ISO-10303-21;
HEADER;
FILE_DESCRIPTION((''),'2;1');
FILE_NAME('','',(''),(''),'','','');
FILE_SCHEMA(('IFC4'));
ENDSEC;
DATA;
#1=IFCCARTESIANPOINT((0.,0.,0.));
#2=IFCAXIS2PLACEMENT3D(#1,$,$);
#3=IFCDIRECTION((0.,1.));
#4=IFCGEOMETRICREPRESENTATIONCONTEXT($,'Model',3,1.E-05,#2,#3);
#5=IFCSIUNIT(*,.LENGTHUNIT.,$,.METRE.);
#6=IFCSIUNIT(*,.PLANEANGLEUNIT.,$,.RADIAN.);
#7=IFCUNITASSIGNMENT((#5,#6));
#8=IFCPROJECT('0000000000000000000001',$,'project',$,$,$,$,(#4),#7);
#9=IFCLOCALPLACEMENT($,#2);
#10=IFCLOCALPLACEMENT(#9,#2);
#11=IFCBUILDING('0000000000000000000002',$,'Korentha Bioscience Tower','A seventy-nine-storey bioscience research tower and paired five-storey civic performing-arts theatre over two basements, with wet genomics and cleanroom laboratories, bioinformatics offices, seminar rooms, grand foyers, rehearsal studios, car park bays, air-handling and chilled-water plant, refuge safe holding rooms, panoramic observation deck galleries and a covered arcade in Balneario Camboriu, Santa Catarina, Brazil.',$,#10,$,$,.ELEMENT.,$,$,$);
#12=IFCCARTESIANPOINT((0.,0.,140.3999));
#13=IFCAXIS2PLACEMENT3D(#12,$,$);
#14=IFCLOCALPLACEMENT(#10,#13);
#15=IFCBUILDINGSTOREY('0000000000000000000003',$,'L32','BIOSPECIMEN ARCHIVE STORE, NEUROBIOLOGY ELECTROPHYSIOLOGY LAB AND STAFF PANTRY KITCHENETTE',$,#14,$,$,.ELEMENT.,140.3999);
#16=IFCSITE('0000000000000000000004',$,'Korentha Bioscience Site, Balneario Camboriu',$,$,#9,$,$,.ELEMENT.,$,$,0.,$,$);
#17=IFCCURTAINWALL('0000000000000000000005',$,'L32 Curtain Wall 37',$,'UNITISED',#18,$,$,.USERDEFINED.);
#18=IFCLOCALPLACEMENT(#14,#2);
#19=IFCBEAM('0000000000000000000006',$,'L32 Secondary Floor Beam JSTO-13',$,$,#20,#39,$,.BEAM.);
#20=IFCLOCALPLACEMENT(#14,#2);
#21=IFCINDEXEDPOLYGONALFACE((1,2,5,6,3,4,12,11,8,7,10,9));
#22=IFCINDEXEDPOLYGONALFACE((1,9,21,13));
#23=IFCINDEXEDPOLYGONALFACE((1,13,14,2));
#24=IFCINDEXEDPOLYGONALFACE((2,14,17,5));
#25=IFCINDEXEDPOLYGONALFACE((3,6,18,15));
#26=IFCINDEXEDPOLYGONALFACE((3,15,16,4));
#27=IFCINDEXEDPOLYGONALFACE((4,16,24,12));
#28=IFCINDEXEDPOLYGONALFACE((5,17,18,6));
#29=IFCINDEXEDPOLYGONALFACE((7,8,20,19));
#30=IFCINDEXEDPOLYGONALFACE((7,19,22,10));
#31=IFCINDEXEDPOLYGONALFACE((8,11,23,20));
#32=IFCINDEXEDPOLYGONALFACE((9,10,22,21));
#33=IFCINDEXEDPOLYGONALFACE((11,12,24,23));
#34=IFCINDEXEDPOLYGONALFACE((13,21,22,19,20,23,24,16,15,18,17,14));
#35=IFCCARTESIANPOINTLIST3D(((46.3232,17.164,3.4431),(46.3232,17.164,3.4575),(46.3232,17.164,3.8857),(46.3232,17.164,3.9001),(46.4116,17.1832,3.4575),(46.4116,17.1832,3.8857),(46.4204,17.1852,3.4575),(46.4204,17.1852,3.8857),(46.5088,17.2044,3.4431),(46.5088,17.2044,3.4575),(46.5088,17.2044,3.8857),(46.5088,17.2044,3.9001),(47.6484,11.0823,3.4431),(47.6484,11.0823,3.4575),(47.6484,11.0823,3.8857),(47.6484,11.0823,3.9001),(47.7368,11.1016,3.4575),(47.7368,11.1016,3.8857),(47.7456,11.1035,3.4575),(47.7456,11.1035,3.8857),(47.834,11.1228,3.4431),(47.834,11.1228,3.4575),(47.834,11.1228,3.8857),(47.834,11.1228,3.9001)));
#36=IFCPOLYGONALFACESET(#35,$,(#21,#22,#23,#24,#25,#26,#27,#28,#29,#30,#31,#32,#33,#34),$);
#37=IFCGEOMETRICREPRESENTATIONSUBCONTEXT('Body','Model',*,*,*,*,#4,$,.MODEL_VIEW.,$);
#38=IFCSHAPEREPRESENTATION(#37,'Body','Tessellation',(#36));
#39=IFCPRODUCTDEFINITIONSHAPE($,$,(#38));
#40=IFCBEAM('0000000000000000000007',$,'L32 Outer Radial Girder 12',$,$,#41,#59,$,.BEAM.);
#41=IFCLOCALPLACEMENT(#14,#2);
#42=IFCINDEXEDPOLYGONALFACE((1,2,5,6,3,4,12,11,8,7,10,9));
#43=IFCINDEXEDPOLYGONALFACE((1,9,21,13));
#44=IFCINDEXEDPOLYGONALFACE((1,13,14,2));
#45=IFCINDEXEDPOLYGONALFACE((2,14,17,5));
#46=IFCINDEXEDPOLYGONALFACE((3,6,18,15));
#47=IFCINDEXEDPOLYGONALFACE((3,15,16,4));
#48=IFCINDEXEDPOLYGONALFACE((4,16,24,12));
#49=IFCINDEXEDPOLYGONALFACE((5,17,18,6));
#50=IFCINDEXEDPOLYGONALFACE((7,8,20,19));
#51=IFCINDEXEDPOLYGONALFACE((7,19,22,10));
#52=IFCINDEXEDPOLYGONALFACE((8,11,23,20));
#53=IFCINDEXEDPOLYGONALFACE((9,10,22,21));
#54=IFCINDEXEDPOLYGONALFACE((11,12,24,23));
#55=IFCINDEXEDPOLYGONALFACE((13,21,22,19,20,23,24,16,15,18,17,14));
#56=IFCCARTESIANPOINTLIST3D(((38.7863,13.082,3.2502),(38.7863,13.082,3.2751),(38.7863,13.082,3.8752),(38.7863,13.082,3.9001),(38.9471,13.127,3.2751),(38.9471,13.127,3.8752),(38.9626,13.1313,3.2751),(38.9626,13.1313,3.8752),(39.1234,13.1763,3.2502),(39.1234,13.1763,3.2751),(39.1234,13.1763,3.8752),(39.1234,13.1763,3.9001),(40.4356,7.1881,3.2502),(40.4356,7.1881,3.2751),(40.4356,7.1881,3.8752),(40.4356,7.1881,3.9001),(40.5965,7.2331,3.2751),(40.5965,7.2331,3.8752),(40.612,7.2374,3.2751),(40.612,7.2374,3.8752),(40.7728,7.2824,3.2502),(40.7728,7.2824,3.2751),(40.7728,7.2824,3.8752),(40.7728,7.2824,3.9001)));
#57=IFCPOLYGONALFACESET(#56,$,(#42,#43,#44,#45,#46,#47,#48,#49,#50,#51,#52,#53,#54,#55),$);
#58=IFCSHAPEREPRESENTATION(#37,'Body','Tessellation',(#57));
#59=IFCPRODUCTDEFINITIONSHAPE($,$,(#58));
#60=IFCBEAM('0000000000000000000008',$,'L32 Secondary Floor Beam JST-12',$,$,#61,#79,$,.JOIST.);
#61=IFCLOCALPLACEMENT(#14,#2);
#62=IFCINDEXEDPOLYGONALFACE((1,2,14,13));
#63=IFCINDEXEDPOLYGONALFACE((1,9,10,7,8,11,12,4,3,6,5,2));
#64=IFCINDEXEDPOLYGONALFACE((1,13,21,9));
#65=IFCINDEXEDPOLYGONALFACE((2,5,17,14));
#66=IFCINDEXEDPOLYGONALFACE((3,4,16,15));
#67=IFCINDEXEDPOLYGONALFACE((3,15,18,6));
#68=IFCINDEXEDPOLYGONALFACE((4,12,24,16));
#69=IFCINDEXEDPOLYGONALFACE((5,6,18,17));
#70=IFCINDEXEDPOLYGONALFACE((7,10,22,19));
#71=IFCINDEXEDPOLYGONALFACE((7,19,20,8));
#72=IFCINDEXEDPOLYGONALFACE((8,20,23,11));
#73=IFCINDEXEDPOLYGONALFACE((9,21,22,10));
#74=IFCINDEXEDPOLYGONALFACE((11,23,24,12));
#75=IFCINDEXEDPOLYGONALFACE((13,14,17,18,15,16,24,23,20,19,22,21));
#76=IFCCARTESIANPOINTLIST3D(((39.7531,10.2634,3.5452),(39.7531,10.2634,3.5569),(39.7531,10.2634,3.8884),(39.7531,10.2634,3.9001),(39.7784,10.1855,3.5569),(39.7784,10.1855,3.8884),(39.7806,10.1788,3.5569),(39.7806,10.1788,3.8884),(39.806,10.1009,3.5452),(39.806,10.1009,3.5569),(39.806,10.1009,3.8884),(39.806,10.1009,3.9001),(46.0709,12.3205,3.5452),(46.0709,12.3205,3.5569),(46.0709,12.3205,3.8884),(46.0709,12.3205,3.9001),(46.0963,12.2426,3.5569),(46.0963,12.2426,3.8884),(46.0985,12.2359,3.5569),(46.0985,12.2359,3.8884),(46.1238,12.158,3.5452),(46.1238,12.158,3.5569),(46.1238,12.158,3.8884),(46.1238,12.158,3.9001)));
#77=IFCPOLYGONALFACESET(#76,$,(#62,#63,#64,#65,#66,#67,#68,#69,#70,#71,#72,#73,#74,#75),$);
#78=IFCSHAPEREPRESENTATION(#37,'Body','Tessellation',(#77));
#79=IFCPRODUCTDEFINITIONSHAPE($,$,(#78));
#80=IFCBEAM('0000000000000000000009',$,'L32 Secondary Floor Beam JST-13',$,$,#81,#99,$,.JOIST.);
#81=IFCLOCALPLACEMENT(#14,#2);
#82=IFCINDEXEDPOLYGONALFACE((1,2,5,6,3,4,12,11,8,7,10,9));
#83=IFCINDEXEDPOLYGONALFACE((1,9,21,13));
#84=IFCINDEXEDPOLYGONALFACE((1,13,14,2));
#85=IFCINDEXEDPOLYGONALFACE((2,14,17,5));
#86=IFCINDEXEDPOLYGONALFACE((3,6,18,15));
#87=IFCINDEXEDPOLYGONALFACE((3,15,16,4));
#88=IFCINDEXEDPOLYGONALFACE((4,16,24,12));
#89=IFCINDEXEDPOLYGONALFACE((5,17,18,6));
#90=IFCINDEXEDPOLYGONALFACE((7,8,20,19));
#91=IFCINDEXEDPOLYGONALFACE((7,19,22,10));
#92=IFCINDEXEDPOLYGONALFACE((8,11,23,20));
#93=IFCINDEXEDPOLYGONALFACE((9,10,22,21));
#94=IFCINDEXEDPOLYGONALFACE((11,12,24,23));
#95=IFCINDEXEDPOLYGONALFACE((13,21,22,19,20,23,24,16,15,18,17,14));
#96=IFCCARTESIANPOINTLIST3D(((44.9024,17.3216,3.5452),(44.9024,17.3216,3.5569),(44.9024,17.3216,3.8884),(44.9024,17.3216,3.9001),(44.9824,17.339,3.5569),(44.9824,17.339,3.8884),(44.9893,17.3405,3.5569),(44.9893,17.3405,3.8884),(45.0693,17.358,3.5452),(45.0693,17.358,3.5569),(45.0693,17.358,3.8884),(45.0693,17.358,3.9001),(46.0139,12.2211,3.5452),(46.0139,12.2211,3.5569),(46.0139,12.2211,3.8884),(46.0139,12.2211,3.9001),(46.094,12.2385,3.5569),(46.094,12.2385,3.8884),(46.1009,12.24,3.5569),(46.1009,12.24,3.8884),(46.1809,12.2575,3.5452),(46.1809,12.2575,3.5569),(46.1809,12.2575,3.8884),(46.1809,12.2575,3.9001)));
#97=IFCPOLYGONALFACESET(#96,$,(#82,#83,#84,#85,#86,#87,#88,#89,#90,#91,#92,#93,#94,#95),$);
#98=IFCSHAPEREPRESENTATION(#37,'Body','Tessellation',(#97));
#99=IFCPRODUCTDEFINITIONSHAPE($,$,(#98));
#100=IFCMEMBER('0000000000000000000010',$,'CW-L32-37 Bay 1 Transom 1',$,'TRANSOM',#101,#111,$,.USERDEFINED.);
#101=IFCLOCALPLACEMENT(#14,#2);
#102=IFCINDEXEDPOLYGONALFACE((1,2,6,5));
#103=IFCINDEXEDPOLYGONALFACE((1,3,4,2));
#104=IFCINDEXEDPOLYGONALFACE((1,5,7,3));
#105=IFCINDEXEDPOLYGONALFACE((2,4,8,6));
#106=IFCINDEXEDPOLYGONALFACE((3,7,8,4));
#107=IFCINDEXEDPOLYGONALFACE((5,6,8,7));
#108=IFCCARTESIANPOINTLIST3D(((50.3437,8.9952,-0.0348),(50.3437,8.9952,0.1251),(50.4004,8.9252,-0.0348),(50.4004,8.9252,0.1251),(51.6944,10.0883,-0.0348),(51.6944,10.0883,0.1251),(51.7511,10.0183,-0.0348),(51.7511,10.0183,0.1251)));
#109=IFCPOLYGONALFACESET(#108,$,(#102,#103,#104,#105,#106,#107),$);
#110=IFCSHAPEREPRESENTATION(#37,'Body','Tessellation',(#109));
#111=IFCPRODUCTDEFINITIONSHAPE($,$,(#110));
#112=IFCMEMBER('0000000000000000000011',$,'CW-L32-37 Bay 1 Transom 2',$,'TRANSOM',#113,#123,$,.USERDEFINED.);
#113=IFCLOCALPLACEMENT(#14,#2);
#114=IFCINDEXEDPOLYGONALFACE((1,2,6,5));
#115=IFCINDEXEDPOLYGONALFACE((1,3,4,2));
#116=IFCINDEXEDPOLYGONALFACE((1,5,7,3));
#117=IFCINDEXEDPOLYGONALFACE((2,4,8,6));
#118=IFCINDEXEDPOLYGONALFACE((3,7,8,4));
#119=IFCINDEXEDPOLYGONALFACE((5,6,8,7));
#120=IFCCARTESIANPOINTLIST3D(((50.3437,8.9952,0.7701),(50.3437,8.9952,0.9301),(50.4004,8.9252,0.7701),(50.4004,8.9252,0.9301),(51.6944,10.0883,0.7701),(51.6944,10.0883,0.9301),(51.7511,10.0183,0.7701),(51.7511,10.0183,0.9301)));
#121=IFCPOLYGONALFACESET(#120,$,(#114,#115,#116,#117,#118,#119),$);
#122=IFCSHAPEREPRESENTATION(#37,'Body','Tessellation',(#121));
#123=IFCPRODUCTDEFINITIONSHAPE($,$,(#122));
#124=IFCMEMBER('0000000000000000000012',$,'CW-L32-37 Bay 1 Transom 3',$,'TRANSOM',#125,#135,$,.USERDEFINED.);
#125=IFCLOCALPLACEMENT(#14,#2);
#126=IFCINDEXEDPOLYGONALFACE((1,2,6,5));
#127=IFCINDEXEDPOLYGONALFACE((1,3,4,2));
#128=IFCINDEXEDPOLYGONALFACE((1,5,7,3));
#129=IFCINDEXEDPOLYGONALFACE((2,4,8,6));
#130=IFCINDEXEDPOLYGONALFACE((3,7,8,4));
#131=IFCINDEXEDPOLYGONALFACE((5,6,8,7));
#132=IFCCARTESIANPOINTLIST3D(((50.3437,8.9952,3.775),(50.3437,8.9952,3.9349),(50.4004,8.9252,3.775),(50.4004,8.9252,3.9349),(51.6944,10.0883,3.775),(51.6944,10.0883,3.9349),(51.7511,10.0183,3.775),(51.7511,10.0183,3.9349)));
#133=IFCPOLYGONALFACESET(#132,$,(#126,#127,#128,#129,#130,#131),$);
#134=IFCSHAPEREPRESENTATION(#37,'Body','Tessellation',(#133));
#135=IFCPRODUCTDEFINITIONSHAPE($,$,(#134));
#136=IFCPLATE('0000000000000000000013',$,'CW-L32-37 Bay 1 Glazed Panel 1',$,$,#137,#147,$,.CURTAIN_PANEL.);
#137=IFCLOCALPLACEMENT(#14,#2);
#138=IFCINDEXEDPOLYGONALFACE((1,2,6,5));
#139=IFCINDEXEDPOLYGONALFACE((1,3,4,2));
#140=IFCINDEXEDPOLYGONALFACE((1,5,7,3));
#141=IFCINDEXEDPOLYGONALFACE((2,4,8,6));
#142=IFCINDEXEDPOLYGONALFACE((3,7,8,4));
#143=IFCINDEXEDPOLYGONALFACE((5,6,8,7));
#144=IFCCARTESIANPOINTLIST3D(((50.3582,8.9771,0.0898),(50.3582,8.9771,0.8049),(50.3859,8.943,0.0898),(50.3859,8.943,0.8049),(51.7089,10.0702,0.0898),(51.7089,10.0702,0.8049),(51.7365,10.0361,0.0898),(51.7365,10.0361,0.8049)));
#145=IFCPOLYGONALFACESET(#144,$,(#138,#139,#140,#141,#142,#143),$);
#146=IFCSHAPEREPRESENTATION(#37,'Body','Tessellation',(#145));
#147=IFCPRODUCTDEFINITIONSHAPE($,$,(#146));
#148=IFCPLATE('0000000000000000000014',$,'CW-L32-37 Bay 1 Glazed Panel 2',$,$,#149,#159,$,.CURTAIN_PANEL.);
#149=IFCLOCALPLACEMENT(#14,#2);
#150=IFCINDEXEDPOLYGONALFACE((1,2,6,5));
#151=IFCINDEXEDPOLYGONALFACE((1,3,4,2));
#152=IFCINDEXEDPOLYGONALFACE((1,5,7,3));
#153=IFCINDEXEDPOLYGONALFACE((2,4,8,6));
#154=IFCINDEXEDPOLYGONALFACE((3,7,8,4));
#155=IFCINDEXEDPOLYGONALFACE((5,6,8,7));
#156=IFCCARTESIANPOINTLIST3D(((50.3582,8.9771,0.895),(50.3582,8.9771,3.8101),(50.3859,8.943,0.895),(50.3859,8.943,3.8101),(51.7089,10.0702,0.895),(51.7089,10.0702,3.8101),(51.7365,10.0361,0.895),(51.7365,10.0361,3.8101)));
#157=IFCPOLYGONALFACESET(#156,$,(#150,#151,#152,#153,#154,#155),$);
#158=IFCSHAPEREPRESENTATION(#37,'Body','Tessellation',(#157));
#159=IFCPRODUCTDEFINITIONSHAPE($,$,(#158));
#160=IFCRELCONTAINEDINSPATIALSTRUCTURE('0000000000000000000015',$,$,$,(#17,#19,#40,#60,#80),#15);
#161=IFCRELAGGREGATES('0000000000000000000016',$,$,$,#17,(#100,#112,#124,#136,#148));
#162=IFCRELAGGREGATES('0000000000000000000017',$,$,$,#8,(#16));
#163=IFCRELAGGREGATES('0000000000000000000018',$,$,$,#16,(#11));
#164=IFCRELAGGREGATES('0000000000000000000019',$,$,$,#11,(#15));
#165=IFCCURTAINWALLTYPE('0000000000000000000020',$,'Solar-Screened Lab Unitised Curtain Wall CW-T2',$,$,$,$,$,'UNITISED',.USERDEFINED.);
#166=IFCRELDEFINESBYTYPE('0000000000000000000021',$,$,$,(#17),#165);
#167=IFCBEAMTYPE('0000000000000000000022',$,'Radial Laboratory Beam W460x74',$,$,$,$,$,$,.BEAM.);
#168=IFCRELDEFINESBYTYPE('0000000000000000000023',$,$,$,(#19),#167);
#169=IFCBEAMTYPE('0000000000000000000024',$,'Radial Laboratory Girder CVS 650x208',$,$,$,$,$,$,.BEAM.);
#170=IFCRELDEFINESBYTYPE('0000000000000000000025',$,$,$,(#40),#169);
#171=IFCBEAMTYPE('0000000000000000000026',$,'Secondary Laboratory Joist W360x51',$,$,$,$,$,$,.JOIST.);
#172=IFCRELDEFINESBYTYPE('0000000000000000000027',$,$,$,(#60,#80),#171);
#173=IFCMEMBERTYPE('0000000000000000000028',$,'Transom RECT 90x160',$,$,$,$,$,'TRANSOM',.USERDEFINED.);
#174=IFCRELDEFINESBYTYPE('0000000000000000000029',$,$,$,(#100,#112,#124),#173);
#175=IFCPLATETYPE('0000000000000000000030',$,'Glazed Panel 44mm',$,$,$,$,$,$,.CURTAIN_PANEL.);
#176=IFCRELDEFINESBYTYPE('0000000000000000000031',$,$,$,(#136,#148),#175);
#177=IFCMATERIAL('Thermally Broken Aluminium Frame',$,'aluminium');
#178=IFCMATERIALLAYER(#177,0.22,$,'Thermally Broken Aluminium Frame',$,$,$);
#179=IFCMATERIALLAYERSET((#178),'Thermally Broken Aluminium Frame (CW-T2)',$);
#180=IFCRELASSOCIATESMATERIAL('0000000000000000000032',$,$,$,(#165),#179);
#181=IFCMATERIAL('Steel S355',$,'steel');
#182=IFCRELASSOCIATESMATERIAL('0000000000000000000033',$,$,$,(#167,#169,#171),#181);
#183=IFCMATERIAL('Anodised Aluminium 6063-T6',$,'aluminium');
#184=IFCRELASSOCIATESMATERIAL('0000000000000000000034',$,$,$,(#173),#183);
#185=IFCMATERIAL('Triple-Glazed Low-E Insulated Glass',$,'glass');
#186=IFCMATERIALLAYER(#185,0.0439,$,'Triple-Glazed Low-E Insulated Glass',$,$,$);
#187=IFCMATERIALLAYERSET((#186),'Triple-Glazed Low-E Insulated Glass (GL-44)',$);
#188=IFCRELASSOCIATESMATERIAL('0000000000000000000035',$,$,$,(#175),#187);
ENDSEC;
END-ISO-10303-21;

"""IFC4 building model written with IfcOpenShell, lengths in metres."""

from ifc_helpers import new_model, si_unit, direction, frame, origin, origin_2d, place, context, subcontext, project, spatial, rectangle, i_section, extrude, material, layer, layer_set, material_profile, profile_set, type_object, element, aggregate, save


model = new_model("IFC4")

# Units and contexts
model_context = context("Model", 3, precision=1e-05, world=origin(), true_north=direction((0.0, 1.0)))
body_context = subcontext(model_context, "Body", "Model", "MODEL_VIEW")
ifc_project = project(units=[si_unit("LENGTHUNIT", "METRE"), si_unit("PLANEANGLEUNIT", "RADIAN")], contexts=[model_context])

# Site, building, storey
site_placement = place(None, origin())
site = spatial("IfcSite", under=ifc_project, at=site_placement, Name="Korentha Bioscience Site, Balneario Camboriu", CompositionType="ELEMENT", RefElevation=0.0)
building_placement = place(site_placement, origin())
building = spatial("IfcBuilding", under=site, at=building_placement, Name="Korentha Bioscience Tower", Description="A seventy-nine-storey bioscience research tower and paired five-storey civic performing-arts theatre over two basements, with wet genomics and cleanroom laboratories, bioinformatics offices, seminar rooms, grand foyers, rehearsal studios, car park bays, air-handling and chilled-water plant, refuge safe holding rooms, panoramic observation deck galleries and a covered arcade in Balneario Camboriu, Santa Catarina, Brazil.", CompositionType="ELEMENT")
storey_placement = place(building_placement, frame((0.0, 0.0, 140.3999)))
storey = spatial("IfcBuildingStorey", under=building, at=storey_placement, Name="L32", Description="BIOSPECIMEN ARCHIVE STORE, NEUROBIOLOGY ELECTROPHYSIOLOGY LAB AND STAFF PANTRY KITCHENETTE", CompositionType="ELEMENT", Elevation=140.3999)

# Shared definitions
ifc_material_1 = material(Name="Steel S355", Category="steel")

# Curtain wall
ifc_material_2 = material(Name="Thermally Broken Aluminium Frame", Category="aluminium")
ifc_layer_1 = layer(ifc_material_2, 0.22, Name="Thermally Broken Aluminium Frame")
ifc_layer_set_1 = layer_set([ifc_layer_1], Name="Thermally Broken Aluminium Frame (CW-T2)")
curtain_wall_type = type_object("IfcCurtainWallType", Name="Solar-Screened Lab Unitised Curtain Wall CW-T2", ElementType="UNITISED", PredefinedType="USERDEFINED", material=ifc_layer_set_1)
curtain_wall_placement = place(storey_placement, origin())
curtain_wall = element("IfcCurtainWall", 1, at=curtain_wall_placement, inside=storey, type_object=curtain_wall_type, Name="L32 Curtain Wall 37", ObjectType="UNITISED", PredefinedType="USERDEFINED")
ifc_material_3 = material(Name="Anodised Aluminium 6063-T6", Category="aluminium")

# Beams
ifc_material_profile_1 = material_profile(ifc_material_1, i_section(OverallWidth=0.1899, OverallDepth=0.457, WebThickness=0.009, FlangeThickness=0.0144, at=origin_2d()), Name="Steel S355")
ifc_profile_set_1 = profile_set([ifc_material_profile_1], Name="Steel S355 (RB-460)")
beam_type_1 = type_object("IfcBeamType", Name="Radial Laboratory Beam W460x74", PredefinedType="BEAM", material=ifc_profile_set_1)
beam_1_placement = place(storey_placement, frame((47.7412, 11.1025, 3.6716), z_axis=(-0.212908, 0.977072, 0.0), x_axis=(-0.977072, -0.212908, 0.0)))
element("IfcBeam", 2, at=beam_1_placement, inside=storey, type_object=beam_type_1, Name="L32 Secondary Floor Beam JSTO-13", PredefinedType="BEAM", context=body_context, shape_type="SweptSolid", body=[
    extrude(i_section(OverallWidth=0.1899, OverallDepth=0.457, WebThickness=0.009, FlangeThickness=0.0144, at=origin_2d()), origin(), (0.0, 0.0, 1.0), 6.2244),
])
ifc_material_profile_2 = material_profile(ifc_material_1, i_section(OverallWidth=0.3501, OverallDepth=0.6499, WebThickness=0.0161, FlangeThickness=0.0249, at=origin_2d()), Name="Steel S355")
ifc_profile_set_2 = profile_set([ifc_material_profile_2], Name="Steel S355 (RB-650)")
beam_type_2 = type_object("IfcBeamType", Name="Radial Laboratory Girder CVS 650x208", PredefinedType="BEAM", material=ifc_profile_set_2)
beam_2_placement = place(storey_placement, frame((38.9548, 13.1292, 3.5752), z_axis=(0.269491, -0.963003, 0.0), x_axis=(0.963003, 0.269491, 0.0)))
element("IfcBeam", 3, at=beam_2_placement, inside=storey, type_object=beam_type_2, Name="L32 Outer Radial Girder 12", PredefinedType="BEAM", context=body_context, shape_type="SweptSolid", body=[
    extrude(i_section(OverallWidth=0.3501, OverallDepth=0.6499, WebThickness=0.0161, FlangeThickness=0.0249, at=origin_2d()), origin(), (0.0, 0.0, 1.0), 6.1204),
])
ifc_material_profile_3 = material_profile(ifc_material_1, i_section(OverallWidth=0.1709, OverallDepth=0.355, WebThickness=0.0071, FlangeThickness=0.0117, at=origin_2d()), Name="Steel S355")
ifc_profile_set_3 = profile_set([ifc_material_profile_3], Name="Steel S355 (JB-360)")
beam_type_3 = type_object("IfcBeamType", Name="Secondary Laboratory Joist W360x51", PredefinedType="JOIST", material=ifc_profile_set_3)
beam_3_placement = place(storey_placement, frame((39.7795, 10.1821, 3.7227), z_axis=(0.950865, 0.309606, 0.0), x_axis=(-0.309606, 0.950865, 0.0)))
element("IfcBeam", 4, at=beam_3_placement, inside=storey, type_object=beam_type_3, Name="L32 Secondary Floor Beam JST-12", PredefinedType="JOIST", context=body_context, shape_type="SweptSolid", body=[
    extrude(i_section(OverallWidth=0.1709, OverallDepth=0.355, WebThickness=0.0071, FlangeThickness=0.0117, at=origin_2d()), origin(), (0.0, 0.0, 1.0), 6.6443),
])
beam_4_placement = place(storey_placement, frame((46.0974, 12.2393, 3.7227), z_axis=(-0.212932, 0.977067, 0.0), x_axis=(-0.977067, -0.212932, 0.0)))
element("IfcBeam", 5, at=beam_4_placement, inside=storey, type_object=beam_type_3, Name="L32 Secondary Floor Beam JST-13", PredefinedType="JOIST", context=body_context, shape_type="SweptSolid", body=[
    extrude(i_section(OverallWidth=0.1709, OverallDepth=0.355, WebThickness=0.0071, FlangeThickness=0.0117, at=origin_2d()), origin(), (0.0, 0.0, 1.0), 5.2202),
])

# Members
ifc_material_profile_4 = material_profile(ifc_material_3, rectangle(XDim=0.0901, YDim=0.1599, at=origin_2d()), Name="Anodised Aluminium 6063-T6")
ifc_profile_set_4 = profile_set([ifc_material_profile_4], Name="Anodised Aluminium 6063-T6 (CW-TRN)")
member_type_1 = type_object("IfcMemberType", Name="Transom RECT 90x160", ElementType="TRANSOM", PredefinedType="USERDEFINED", material=ifc_profile_set_4)
member_1_placement = place(storey_placement, frame((50.3721, 8.9602, 0.0452), z_axis=(0.777333, 0.629089, 0.0), x_axis=(-0.629089, 0.777333, 0.0)))
member_1 = element("IfcMember", 6, at=member_1_placement, type_object=member_type_1, Name="CW-L32-37 Bay 1 Transom 1", ObjectType="TRANSOM", PredefinedType="USERDEFINED", context=body_context, shape_type="SweptSolid", body=[
    extrude(rectangle(XDim=0.0901, YDim=0.1599, at=origin_2d()), origin(), (0.0, 0.0, 1.0), 1.7375),
])
member_2_placement = place(storey_placement, frame((50.3721, 8.9602, 0.8501), z_axis=(0.777333, 0.629089, 0.0), x_axis=(-0.629089, 0.777333, 0.0)))
member_2 = element("IfcMember", 7, at=member_2_placement, type_object=member_type_1, Name="CW-L32-37 Bay 1 Transom 2", ObjectType="TRANSOM", PredefinedType="USERDEFINED", context=body_context, shape_type="SweptSolid", body=[
    extrude(rectangle(XDim=0.0901, YDim=0.1599, at=origin_2d()), origin(), (0.0, 0.0, 1.0), 1.7375),
])
member_3_placement = place(storey_placement, frame((50.3721, 8.9602, 3.855), z_axis=(0.777333, 0.629089, 0.0), x_axis=(-0.629089, 0.777333, 0.0)))
member_3 = element("IfcMember", 8, at=member_3_placement, type_object=member_type_1, Name="CW-L32-37 Bay 1 Transom 3", ObjectType="TRANSOM", PredefinedType="USERDEFINED", context=body_context, shape_type="SweptSolid", body=[
    extrude(rectangle(XDim=0.0901, YDim=0.1599, at=origin_2d()), origin(), (0.0, 0.0, 1.0), 1.7375),
])

# Plates
ifc_material_4 = material(Name="Triple-Glazed Low-E Insulated Glass", Category="glass")
ifc_layer_2 = layer(ifc_material_4, 0.0439, Name="Triple-Glazed Low-E Insulated Glass")
ifc_layer_set_2 = layer_set([ifc_layer_2], Name="Triple-Glazed Low-E Insulated Glass (GL-44)")
plate_type = type_object("IfcPlateType", Name="Glazed Panel 44mm", PredefinedType="CURTAIN_PANEL", material=ifc_layer_set_2)
plate_1_placement = place(storey_placement, frame((51.0474, 9.5066, 0.0898), z_axis=(0.0, 0.0, 1.0), x_axis=(0.777315, 0.629111, 0.0)))
plate_1 = element("IfcPlate", 9, at=plate_1_placement, type_object=plate_type, Name="CW-L32-37 Bay 1 Glazed Panel 1", PredefinedType="CURTAIN_PANEL", context=body_context, shape_type="SweptSolid", body=[
    extrude(rectangle(XDim=1.7375, YDim=0.0439, at=origin_2d()), origin(), (0.0, 0.0, 1.0), 0.7151),
])
plate_2_placement = place(storey_placement, frame((51.0474, 9.5066, 0.895), z_axis=(0.0, 0.0, 1.0), x_axis=(0.777315, 0.629111, 0.0)))
plate_2 = element("IfcPlate", 10, at=plate_2_placement, type_object=plate_type, Name="CW-L32-37 Bay 1 Glazed Panel 2", PredefinedType="CURTAIN_PANEL", context=body_context, shape_type="SweptSolid", body=[
    extrude(rectangle(XDim=1.7375, YDim=0.0439, at=origin_2d()), origin(), (0.0, 0.0, 1.0), 2.915),
])
aggregate(curtain_wall, [member_1, member_2, member_3, plate_1, plate_2])

save(model, "model.ifc")
